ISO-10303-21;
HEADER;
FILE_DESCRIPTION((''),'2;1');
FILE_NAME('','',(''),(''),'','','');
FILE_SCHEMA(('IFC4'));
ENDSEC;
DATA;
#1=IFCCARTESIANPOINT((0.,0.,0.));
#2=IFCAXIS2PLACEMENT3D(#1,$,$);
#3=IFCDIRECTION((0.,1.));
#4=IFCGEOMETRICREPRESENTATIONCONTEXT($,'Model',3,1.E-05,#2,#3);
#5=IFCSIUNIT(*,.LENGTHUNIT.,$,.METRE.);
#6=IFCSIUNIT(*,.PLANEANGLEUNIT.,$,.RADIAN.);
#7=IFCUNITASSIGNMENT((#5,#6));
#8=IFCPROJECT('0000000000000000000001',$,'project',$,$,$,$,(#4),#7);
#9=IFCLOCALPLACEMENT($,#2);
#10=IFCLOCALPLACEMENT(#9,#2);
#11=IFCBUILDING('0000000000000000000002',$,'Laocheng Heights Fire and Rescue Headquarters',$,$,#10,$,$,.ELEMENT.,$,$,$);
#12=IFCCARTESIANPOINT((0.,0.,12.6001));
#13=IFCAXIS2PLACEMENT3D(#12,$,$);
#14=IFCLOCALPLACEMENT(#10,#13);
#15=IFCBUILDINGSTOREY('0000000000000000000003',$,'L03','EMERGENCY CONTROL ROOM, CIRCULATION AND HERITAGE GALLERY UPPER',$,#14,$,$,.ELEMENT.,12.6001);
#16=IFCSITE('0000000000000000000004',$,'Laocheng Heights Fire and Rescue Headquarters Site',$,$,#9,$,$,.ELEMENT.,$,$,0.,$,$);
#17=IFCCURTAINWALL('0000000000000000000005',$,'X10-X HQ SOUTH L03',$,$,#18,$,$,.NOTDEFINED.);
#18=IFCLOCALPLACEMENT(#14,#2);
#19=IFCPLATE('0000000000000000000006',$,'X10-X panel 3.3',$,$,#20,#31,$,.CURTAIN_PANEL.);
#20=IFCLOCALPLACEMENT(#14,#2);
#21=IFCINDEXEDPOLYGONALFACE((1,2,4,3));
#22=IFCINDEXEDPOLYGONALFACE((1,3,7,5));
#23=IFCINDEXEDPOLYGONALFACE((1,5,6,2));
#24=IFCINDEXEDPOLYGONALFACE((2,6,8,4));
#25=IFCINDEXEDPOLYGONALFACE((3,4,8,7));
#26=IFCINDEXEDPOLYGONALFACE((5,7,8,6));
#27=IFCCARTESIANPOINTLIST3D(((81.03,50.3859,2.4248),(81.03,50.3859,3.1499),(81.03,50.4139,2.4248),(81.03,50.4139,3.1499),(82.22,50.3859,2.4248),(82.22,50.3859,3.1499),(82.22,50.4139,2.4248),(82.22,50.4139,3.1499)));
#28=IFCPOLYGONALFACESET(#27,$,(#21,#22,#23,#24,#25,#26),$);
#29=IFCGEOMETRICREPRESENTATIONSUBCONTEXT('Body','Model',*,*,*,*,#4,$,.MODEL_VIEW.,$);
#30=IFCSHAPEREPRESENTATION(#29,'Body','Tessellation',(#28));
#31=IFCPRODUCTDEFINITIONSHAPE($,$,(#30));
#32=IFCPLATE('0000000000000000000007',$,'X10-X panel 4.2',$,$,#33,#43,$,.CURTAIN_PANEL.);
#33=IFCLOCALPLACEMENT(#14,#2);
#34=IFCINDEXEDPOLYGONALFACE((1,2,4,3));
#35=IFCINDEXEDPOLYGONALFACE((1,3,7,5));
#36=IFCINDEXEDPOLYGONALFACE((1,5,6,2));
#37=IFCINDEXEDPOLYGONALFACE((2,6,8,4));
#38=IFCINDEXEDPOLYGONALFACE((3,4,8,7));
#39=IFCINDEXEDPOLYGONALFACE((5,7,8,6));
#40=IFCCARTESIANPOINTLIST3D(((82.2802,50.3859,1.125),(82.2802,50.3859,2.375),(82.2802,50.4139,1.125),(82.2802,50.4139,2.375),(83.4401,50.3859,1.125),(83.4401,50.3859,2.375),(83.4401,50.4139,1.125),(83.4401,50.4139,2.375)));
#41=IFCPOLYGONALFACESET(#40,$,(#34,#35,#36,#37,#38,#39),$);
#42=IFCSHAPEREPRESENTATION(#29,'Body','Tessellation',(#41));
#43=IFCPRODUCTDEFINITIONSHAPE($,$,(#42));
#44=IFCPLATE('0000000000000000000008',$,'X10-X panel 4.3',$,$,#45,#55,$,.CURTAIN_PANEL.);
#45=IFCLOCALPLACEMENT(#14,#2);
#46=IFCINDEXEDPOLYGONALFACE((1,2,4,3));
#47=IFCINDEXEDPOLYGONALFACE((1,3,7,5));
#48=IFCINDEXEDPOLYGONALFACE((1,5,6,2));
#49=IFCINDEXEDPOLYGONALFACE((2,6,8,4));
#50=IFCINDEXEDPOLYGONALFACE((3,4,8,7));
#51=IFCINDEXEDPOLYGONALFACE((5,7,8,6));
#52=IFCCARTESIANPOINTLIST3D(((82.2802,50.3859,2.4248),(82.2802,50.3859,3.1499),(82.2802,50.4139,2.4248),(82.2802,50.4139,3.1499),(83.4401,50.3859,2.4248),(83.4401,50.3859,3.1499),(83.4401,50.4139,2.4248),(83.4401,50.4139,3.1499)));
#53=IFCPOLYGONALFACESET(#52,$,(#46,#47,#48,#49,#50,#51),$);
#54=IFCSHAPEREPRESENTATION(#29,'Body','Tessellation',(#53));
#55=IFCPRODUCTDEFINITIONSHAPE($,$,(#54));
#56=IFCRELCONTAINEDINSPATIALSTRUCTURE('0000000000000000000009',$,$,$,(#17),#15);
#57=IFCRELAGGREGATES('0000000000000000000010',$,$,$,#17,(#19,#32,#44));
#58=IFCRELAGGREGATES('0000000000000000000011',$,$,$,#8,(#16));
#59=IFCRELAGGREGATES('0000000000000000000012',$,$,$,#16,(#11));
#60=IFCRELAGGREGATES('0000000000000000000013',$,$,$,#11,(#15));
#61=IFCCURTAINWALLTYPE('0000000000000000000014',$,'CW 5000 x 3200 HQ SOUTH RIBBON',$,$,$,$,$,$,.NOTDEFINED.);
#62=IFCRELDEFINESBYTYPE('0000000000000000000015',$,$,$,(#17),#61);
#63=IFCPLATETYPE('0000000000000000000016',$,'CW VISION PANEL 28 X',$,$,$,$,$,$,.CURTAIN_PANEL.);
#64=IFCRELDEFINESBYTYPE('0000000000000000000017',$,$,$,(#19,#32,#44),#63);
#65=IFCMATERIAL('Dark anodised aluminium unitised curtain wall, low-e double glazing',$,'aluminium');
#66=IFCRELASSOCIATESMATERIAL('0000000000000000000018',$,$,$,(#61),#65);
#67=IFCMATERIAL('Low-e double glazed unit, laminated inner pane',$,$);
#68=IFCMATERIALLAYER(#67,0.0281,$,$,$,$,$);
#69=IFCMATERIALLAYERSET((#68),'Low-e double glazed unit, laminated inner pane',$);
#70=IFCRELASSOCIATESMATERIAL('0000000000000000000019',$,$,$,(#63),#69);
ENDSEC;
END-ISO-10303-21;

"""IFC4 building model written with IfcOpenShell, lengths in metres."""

from ifc_helpers import new_model, si_unit, direction, frame, origin, origin_2d, place, context, subcontext, project, spatial, rectangle, extrude, material, layer, layer_set, type_object, element, aggregate, save


model = new_model("IFC4")

# Units and contexts
model_context = context("Model", 3, precision=1e-05, world=origin(), true_north=direction((0.0, 1.0)))
body_context = subcontext(model_context, "Body", "Model", "MODEL_VIEW")
ifc_project = project(units=[si_unit("LENGTHUNIT", "METRE"), si_unit("PLANEANGLEUNIT", "RADIAN")], contexts=[model_context])

# Site, building, storey
site_placement = place(None, origin())
site = spatial("IfcSite", under=ifc_project, at=site_placement, Name="Laocheng Heights Fire and Rescue Headquarters Site", CompositionType="ELEMENT", RefElevation=0.0)
building_placement = place(site_placement, origin())
building = spatial("IfcBuilding", under=site, at=building_placement, Name="Laocheng Heights Fire and Rescue Headquarters", CompositionType="ELEMENT")
storey_placement = place(building_placement, frame((0.0, 0.0, 12.6001)))
storey = spatial("IfcBuildingStorey", under=building, at=storey_placement, Name="L03", Description="EMERGENCY CONTROL ROOM, CIRCULATION AND HERITAGE GALLERY UPPER", CompositionType="ELEMENT", Elevation=12.6001)

# Curtain wall, plates
ifc_material_1 = material(Name="Dark anodised aluminium unitised curtain wall, low-e double glazing", Category="aluminium")
curtain_wall_type = type_object("IfcCurtainWallType", Name="CW 5000 x 3200 HQ SOUTH RIBBON", PredefinedType="NOTDEFINED", material=ifc_material_1)
curtain_wall_placement = place(storey_placement, origin())
curtain_wall = element("IfcCurtainWall", 1, at=curtain_wall_placement, inside=storey, type_object=curtain_wall_type, Name="X10-X HQ SOUTH L03", PredefinedType="NOTDEFINED")
ifc_material_2 = material(Name="Low-e double glazed unit, laminated inner pane")
ifc_layer_1 = layer(ifc_material_2, 0.0281)
ifc_layer_set_1 = layer_set([ifc_layer_1], Name="Low-e double glazed unit, laminated inner pane")
plate_type_1 = type_object("IfcPlateType", Name="CW VISION PANEL 28 X", PredefinedType="CURTAIN_PANEL", material=ifc_layer_set_1)
plate_1_placement = place(storey_placement, frame((81.625, 50.3999, 2.4248), z_axis=(0.0, 0.0, 1.0), x_axis=(1.0, 0.0, 0.0)))
plate_1 = element("IfcPlate", 2, at=plate_1_placement, type_object=plate_type_1, Name="X10-X panel 3.3", PredefinedType="CURTAIN_PANEL", context=body_context, shape_type="SweptSolid", body=[
    extrude(rectangle(XDim=1.1899, YDim=0.0281, at=origin_2d()), origin(), (0.0, 0.0, 1.0), 0.7251),
])
plate_2_placement = place(storey_placement, frame((82.8601, 50.3999, 1.125), z_axis=(0.0, 0.0, 1.0), x_axis=(1.0, 0.0, 0.0)))
plate_2 = element("IfcPlate", 3, at=plate_2_placement, type_object=plate_type_1, Name="X10-X panel 4.2", PredefinedType="CURTAIN_PANEL", context=body_context, shape_type="SweptSolid", body=[
    extrude(rectangle(XDim=1.1599, YDim=0.0281, at=origin_2d()), origin(), (0.0, 0.0, 1.0), 1.25),
])
plate_3_placement = place(storey_placement, frame((82.8601, 50.3999, 2.4248), z_axis=(0.0, 0.0, 1.0), x_axis=(1.0, 0.0, 0.0)))
plate_3 = element("IfcPlate", 4, at=plate_3_placement, type_object=plate_type_1, Name="X10-X panel 4.3", PredefinedType="CURTAIN_PANEL", context=body_context, shape_type="SweptSolid", body=[
    extrude(rectangle(XDim=1.1599, YDim=0.0281, at=origin_2d()), origin(), (0.0, 0.0, 1.0), 0.7251),
])
aggregate(curtain_wall, [plate_1, plate_2, plate_3])

save(model, "model.ifc")
